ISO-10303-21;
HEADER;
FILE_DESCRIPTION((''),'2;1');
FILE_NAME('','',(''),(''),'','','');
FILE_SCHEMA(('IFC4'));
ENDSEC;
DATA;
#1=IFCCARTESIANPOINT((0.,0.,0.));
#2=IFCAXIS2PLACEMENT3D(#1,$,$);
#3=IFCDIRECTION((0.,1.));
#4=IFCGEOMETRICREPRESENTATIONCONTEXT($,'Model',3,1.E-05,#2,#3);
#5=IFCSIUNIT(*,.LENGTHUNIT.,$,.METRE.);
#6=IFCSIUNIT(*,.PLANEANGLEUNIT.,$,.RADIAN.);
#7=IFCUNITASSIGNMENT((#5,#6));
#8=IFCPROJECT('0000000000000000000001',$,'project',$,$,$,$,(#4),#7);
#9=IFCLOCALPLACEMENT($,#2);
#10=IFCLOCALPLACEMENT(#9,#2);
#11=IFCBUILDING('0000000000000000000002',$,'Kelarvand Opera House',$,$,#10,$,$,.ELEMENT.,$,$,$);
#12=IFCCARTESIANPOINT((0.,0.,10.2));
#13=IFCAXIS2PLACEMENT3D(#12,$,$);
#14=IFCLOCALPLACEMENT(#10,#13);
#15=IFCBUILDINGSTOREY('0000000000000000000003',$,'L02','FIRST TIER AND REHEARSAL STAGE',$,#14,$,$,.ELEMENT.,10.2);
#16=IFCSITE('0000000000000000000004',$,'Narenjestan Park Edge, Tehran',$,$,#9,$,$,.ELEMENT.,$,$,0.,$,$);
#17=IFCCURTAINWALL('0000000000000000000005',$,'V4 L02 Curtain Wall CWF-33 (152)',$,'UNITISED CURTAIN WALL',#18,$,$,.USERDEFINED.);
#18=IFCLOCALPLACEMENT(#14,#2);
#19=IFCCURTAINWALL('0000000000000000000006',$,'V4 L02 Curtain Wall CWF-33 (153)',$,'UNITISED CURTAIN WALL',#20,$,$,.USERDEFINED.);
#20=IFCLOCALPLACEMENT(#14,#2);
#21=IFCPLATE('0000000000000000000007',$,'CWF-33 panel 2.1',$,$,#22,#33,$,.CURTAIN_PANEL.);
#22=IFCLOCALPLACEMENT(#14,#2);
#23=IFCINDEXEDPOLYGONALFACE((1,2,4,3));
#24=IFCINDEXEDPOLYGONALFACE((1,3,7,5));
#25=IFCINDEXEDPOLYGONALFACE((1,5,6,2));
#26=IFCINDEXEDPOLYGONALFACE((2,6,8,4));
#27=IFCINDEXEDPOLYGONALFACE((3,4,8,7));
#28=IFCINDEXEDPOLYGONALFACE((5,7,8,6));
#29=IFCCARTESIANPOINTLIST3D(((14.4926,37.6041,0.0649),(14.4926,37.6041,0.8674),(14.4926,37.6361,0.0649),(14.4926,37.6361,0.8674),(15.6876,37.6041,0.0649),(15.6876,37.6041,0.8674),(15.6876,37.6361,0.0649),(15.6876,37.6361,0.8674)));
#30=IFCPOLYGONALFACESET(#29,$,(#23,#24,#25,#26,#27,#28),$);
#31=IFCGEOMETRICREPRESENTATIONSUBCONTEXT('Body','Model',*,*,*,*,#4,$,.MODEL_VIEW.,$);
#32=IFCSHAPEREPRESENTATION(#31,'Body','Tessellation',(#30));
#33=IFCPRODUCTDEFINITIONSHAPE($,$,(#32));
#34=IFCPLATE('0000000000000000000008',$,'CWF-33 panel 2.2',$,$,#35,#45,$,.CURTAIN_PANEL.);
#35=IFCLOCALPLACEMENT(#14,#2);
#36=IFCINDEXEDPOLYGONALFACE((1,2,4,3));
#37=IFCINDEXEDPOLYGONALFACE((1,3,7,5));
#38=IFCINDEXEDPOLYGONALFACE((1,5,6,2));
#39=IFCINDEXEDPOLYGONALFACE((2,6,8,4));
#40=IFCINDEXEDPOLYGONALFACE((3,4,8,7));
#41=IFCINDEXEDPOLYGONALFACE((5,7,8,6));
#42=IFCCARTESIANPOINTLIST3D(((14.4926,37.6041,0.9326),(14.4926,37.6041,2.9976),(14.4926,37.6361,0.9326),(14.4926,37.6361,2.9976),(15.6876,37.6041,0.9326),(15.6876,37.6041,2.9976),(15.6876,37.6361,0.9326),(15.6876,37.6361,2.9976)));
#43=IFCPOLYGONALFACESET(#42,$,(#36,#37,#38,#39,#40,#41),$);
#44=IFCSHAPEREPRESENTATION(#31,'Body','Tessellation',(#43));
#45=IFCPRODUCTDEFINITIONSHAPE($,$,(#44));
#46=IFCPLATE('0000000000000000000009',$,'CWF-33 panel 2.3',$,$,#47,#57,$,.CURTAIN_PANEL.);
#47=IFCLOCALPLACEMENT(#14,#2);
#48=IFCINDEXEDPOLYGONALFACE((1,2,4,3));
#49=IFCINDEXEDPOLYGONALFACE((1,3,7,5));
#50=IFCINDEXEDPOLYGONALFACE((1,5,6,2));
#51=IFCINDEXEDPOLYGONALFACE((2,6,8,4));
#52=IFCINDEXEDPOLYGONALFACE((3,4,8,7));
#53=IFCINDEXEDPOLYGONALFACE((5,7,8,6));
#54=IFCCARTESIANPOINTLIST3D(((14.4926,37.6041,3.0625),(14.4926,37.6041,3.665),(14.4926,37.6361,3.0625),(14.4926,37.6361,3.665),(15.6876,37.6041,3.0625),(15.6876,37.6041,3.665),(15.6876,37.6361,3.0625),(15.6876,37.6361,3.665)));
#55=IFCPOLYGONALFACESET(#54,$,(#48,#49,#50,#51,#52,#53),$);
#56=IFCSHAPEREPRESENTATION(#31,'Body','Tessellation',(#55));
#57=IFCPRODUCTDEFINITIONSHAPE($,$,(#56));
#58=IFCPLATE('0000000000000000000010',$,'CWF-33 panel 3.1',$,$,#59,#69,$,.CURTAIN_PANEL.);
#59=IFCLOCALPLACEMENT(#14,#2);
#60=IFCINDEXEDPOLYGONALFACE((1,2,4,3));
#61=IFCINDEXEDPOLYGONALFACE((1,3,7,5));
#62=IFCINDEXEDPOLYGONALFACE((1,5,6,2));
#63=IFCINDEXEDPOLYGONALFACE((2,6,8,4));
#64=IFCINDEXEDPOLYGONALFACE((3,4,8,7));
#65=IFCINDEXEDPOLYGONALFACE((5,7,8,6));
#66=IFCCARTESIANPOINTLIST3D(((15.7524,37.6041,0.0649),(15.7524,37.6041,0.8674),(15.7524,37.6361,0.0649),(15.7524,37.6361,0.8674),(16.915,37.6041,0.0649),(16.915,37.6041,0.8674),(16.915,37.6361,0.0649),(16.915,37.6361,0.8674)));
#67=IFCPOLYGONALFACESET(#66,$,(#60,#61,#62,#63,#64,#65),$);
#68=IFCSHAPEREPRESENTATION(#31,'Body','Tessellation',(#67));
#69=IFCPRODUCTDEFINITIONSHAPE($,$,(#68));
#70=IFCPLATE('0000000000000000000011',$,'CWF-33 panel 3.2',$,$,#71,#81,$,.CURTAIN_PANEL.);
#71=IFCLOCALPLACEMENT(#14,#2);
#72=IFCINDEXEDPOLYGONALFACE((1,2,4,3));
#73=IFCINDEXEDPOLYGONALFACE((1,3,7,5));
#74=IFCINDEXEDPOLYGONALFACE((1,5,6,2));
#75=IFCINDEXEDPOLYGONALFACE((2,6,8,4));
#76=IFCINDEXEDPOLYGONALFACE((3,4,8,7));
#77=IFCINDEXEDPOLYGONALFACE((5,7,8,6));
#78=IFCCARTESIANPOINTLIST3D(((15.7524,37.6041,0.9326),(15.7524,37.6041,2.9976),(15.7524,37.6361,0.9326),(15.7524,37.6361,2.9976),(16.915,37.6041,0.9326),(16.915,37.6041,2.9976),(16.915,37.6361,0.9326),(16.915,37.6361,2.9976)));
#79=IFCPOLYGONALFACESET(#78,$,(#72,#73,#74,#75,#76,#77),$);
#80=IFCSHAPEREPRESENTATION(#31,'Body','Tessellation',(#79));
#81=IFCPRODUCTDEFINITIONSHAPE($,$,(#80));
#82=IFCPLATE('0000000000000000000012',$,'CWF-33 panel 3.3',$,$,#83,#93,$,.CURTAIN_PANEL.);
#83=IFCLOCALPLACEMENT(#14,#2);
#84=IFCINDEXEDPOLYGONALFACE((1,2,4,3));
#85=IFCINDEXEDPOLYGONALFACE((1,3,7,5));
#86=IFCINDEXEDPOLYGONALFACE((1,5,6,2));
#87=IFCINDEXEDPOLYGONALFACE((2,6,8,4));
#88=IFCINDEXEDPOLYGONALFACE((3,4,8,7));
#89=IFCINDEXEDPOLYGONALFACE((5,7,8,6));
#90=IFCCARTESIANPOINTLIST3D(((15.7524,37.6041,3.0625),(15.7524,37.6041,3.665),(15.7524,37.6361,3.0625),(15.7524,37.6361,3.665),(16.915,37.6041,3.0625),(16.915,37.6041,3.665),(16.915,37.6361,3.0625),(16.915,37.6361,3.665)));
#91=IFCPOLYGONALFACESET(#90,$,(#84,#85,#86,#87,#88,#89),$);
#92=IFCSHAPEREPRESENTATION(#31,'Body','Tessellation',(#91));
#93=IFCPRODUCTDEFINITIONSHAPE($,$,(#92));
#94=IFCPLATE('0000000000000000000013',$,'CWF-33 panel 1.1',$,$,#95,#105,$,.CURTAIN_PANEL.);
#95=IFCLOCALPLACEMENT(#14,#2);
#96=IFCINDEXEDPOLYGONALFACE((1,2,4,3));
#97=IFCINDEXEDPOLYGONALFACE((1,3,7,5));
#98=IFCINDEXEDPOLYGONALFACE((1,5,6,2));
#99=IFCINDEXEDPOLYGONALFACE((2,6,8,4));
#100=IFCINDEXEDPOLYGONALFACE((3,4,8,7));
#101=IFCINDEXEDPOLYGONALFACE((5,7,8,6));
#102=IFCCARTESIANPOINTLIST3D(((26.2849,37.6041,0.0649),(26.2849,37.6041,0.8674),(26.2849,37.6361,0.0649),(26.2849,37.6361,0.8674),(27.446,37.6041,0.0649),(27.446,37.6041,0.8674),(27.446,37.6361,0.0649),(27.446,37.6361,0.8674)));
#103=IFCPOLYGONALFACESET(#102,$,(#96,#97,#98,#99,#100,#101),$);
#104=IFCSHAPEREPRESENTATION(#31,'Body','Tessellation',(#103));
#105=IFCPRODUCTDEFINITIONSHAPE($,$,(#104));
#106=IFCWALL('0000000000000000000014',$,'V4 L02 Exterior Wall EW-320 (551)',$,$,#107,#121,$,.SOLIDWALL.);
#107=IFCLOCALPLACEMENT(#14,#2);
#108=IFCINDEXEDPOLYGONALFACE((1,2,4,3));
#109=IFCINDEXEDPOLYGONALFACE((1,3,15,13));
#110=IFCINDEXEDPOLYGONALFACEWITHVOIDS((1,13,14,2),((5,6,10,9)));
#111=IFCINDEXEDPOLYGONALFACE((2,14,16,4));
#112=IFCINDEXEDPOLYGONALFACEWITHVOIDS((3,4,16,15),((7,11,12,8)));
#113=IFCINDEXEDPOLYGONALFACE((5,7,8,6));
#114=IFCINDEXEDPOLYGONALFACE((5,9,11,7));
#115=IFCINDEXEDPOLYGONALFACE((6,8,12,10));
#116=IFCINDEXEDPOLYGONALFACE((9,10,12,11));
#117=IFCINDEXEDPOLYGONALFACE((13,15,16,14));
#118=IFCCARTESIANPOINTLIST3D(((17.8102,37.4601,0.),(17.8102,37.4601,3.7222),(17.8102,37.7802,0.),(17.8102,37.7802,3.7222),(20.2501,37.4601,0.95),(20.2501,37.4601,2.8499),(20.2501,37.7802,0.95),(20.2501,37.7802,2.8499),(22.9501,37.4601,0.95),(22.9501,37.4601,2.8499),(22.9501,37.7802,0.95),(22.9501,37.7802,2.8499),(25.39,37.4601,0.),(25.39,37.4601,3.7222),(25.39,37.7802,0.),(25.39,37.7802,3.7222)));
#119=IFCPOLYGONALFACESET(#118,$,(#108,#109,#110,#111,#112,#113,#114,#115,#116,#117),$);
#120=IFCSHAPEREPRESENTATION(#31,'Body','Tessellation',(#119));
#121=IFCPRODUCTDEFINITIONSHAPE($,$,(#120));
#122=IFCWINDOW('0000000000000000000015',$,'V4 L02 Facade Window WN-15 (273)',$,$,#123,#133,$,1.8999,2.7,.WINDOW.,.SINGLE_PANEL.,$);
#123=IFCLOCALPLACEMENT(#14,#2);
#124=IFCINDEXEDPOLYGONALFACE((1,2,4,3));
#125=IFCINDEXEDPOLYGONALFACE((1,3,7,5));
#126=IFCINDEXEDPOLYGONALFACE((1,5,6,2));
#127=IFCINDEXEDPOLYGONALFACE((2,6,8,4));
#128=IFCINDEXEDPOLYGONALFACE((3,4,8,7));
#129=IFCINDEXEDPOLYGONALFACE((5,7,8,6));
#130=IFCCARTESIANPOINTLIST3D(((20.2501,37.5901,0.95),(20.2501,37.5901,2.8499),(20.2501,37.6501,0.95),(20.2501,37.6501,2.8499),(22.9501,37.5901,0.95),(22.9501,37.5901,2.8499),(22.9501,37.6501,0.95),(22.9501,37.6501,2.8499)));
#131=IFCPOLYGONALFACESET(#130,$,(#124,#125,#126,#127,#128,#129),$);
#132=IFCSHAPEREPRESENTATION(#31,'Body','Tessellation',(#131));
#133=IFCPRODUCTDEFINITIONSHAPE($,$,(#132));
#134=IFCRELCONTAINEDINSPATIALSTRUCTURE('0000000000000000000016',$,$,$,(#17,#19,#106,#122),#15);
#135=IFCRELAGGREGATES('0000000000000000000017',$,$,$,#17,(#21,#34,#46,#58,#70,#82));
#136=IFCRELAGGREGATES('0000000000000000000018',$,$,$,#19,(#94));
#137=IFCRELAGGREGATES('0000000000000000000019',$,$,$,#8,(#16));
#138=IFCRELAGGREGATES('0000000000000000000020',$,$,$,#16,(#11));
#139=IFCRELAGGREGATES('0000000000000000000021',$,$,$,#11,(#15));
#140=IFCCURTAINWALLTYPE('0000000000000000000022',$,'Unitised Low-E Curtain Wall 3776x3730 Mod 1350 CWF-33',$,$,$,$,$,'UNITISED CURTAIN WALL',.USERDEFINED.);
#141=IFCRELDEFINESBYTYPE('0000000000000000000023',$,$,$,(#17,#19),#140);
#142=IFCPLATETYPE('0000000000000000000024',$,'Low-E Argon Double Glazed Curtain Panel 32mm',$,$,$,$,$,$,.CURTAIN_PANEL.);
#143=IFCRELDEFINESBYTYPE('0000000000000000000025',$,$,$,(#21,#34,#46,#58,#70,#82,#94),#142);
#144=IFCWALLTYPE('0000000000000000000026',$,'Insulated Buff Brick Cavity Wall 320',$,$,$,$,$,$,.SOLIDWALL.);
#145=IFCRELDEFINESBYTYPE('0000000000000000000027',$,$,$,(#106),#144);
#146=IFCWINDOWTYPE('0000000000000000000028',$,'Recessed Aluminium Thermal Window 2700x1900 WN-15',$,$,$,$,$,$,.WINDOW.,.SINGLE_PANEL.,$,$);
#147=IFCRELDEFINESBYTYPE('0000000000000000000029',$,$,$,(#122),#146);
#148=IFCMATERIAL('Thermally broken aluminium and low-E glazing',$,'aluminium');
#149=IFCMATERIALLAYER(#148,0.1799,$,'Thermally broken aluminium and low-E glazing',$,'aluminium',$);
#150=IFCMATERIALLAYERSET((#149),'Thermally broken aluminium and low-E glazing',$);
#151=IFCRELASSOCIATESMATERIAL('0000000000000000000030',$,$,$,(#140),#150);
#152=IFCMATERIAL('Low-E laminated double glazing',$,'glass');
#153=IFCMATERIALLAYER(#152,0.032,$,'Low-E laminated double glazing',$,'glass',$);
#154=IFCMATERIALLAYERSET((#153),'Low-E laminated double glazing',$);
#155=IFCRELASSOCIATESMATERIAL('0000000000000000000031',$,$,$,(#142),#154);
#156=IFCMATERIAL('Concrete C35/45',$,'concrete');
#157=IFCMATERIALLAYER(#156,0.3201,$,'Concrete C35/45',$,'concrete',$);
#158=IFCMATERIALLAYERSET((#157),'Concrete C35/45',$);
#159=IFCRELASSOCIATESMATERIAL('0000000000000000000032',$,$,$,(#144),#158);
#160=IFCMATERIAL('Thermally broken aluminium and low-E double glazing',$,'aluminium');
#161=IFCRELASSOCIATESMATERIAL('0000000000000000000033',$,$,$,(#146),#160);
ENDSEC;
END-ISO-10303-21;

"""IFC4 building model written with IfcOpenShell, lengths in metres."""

from ifc_helpers import new_model, si_unit, direction, frame, frame_2d, origin, origin_2d, place, context, subcontext, project, spatial, rectangle, extrude, material, layer, layer_set, type_object, element, fill, aggregate, save


model = new_model("IFC4")

# Units and contexts
model_context = context("Model", 3, precision=1e-05, world=origin(), true_north=direction((0.0, 1.0)))
body_context = subcontext(model_context, "Body", "Model", "MODEL_VIEW")
ifc_project = project(units=[si_unit("LENGTHUNIT", "METRE"), si_unit("PLANEANGLEUNIT", "RADIAN")], contexts=[model_context])

# Site, building, storey
site_placement = place(None, origin())
site = spatial("IfcSite", under=ifc_project, at=site_placement, Name="Narenjestan Park Edge, Tehran", CompositionType="ELEMENT", RefElevation=0.0)
building_placement = place(site_placement, origin())
building = spatial("IfcBuilding", under=site, at=building_placement, Name="Kelarvand Opera House", CompositionType="ELEMENT")
storey_placement = place(building_placement, frame((0.0, 0.0, 10.2)))
storey = spatial("IfcBuildingStorey", under=building, at=storey_placement, Name="L02", Description="FIRST TIER AND REHEARSAL STAGE", CompositionType="ELEMENT", Elevation=10.2)

# Curtain wall
ifc_material_1 = material(Name="Thermally broken aluminium and low-E glazing", Category="aluminium")
ifc_layer_1 = layer(ifc_material_1, 0.1799, Name="Thermally broken aluminium and low-E glazing", Category="aluminium")
ifc_layer_set_1 = layer_set([ifc_layer_1], Name="Thermally broken aluminium and low-E glazing")
curtain_wall_type = type_object("IfcCurtainWallType", Name="Unitised Low-E Curtain Wall 3776x3730 Mod 1350 CWF-33", ElementType="UNITISED CURTAIN WALL", PredefinedType="USERDEFINED", material=ifc_layer_set_1)
curtain_wall_1_placement = place(storey_placement, origin())
curtain_wall_1 = element("IfcCurtainWall", 1, at=curtain_wall_1_placement, inside=storey, type_object=curtain_wall_type, Name="V4 L02 Curtain Wall CWF-33 (152)", ObjectType="UNITISED CURTAIN WALL", PredefinedType="USERDEFINED")

# Curtain wall
curtain_wall_2_placement = place(storey_placement, origin())
curtain_wall_2 = element("IfcCurtainWall", 2, at=curtain_wall_2_placement, inside=storey, type_object=curtain_wall_type, Name="V4 L02 Curtain Wall CWF-33 (153)", ObjectType="UNITISED CURTAIN WALL", PredefinedType="USERDEFINED")

# Plates
ifc_material_2 = material(Name="Low-E laminated double glazing", Category="glass")
ifc_layer_2 = layer(ifc_material_2, 0.032, Name="Low-E laminated double glazing", Category="glass")
ifc_layer_set_2 = layer_set([ifc_layer_2], Name="Low-E laminated double glazing")
plate_type = type_object("IfcPlateType", Name="Low-E Argon Double Glazed Curtain Panel 32mm", PredefinedType="CURTAIN_PANEL", material=ifc_layer_set_2)
plate_1_placement = place(storey_placement, frame((15.0901, 37.6201, 0.0649), z_axis=(0.0, 0.0, 1.0), x_axis=(1.0, 0.0, 0.0)))
plate_1 = element("IfcPlate", 3, at=plate_1_placement, type_object=plate_type, Name="CWF-33 panel 2.1", PredefinedType="CURTAIN_PANEL", context=body_context, shape_type="SweptSolid", body=[
    extrude(rectangle(XDim=1.1951, YDim=0.032, at=origin_2d()), origin(), (0.0, 0.0, 1.0), 0.8025),
])
plate_2_placement = place(storey_placement, frame((15.0901, 37.6201, 0.9326), z_axis=(0.0, 0.0, 1.0), x_axis=(1.0, 0.0, 0.0)))
plate_2 = element("IfcPlate", 4, at=plate_2_placement, type_object=plate_type, Name="CWF-33 panel 2.2", PredefinedType="CURTAIN_PANEL", context=body_context, shape_type="SweptSolid", body=[
    extrude(rectangle(XDim=1.1951, YDim=0.032, at=origin_2d()), origin(), (0.0, 0.0, 1.0), 2.0649),
])
plate_3_placement = place(storey_placement, frame((15.0901, 37.6201, 3.0625), z_axis=(0.0, 0.0, 1.0), x_axis=(1.0, 0.0, 0.0)))
plate_3 = element("IfcPlate", 5, at=plate_3_placement, type_object=plate_type, Name="CWF-33 panel 2.3", PredefinedType="CURTAIN_PANEL", context=body_context, shape_type="SweptSolid", body=[
    extrude(rectangle(XDim=1.1951, YDim=0.032, at=origin_2d()), origin(), (0.0, 0.0, 1.0), 0.6025),
])
plate_4_placement = place(storey_placement, frame((16.3337, 37.6201, 0.0649), z_axis=(0.0, 0.0, 1.0), x_axis=(1.0, 0.0, 0.0)))
plate_4 = element("IfcPlate", 6, at=plate_4_placement, type_object=plate_type, Name="CWF-33 panel 3.1", PredefinedType="CURTAIN_PANEL", context=body_context, shape_type="SweptSolid", body=[
    extrude(rectangle(XDim=1.1626, YDim=0.032, at=origin_2d()), origin(), (0.0, 0.0, 1.0), 0.8025),
])
plate_5_placement = place(storey_placement, frame((16.3337, 37.6201, 0.9326), z_axis=(0.0, 0.0, 1.0), x_axis=(1.0, 0.0, 0.0)))
plate_5 = element("IfcPlate", 7, at=plate_5_placement, type_object=plate_type, Name="CWF-33 panel 3.2", PredefinedType="CURTAIN_PANEL", context=body_context, shape_type="SweptSolid", body=[
    extrude(rectangle(XDim=1.1626, YDim=0.032, at=origin_2d()), origin(), (0.0, 0.0, 1.0), 2.0649),
])
plate_6_placement = place(storey_placement, frame((16.3337, 37.6201, 3.0625), z_axis=(0.0, 0.0, 1.0), x_axis=(1.0, 0.0, 0.0)))
plate_6 = element("IfcPlate", 8, at=plate_6_placement, type_object=plate_type, Name="CWF-33 panel 3.3", PredefinedType="CURTAIN_PANEL", context=body_context, shape_type="SweptSolid", body=[
    extrude(rectangle(XDim=1.1626, YDim=0.032, at=origin_2d()), origin(), (0.0, 0.0, 1.0), 0.6025),
])
aggregate(curtain_wall_1, [plate_1, plate_2, plate_3, plate_4, plate_5, plate_6])
plate_7_placement = place(storey_placement, frame((26.8655, 37.6201, 0.0649), z_axis=(0.0, 0.0, 1.0), x_axis=(1.0, 0.0, 0.0)))
plate_7 = element("IfcPlate", 9, at=plate_7_placement, type_object=plate_type, Name="CWF-33 panel 1.1", PredefinedType="CURTAIN_PANEL", context=body_context, shape_type="SweptSolid", body=[
    extrude(rectangle(XDim=1.1611, YDim=0.032, at=origin_2d()), origin(), (0.0, 0.0, 1.0), 0.8025),
])
aggregate(curtain_wall_2, [plate_7])

# Wall, opening, window
ifc_material_3 = material(Name="Concrete C35/45", Category="concrete")
ifc_layer_3 = layer(ifc_material_3, 0.3201, Name="Concrete C35/45", Category="concrete")
ifc_layer_set_3 = layer_set([ifc_layer_3], Name="Concrete C35/45")
wall_type = type_object("IfcWallType", Name="Insulated Buff Brick Cavity Wall 320", PredefinedType="SOLIDWALL", material=ifc_layer_set_3)
wall_placement = place(storey_placement, frame((17.8101, 37.6201, 0.0), z_axis=(0.0, 0.0, 1.0), x_axis=(1.0, 0.0, 0.0)))
wall = element("IfcWall", 10, at=wall_placement, inside=storey, type_object=wall_type, Name="V4 L02 Exterior Wall EW-320 (551)", PredefinedType="SOLIDWALL", context=body_context, shape_type="SweptSolid", body=[
    extrude(rectangle(XDim=7.5798, YDim=0.3201, at=frame_2d((3.79, 0.0))), origin(), (0.0, 0.0, 1.0), 3.7222),
])
opening_placement = place(wall_placement, frame((2.4399, 0.0, 0.95)))
opening = element("IfcOpeningElement", 11, at=opening_placement, cuts=wall, PredefinedType="OPENING", context=body_context, shape_type="SweptSolid", body=[
    extrude(rectangle(XDim=2.7, YDim=1.8999, at=frame_2d((1.3501, 0.95))), frame((0.0, 0.1699, 0.0), z_axis=(0.0, -1.0, 0.0), x_axis=(1.0, 0.0, 0.0)), (0.0, 0.0, 1.0), 0.3401),
])
ifc_material_4 = material(Name="Thermally broken aluminium and low-E double glazing", Category="aluminium")
window_type = type_object("IfcWindowType", Name="Recessed Aluminium Thermal Window 2700x1900 WN-15", PartitioningType="SINGLE_PANEL", PredefinedType="WINDOW", material=ifc_material_4)
window_placement = place(opening_placement, origin())
window = element("IfcWindow", 12, at=window_placement, inside=storey, type_object=window_type, Name="V4 L02 Facade Window WN-15 (273)", OverallHeight=1.8999, OverallWidth=2.7, PartitioningType="SINGLE_PANEL", PredefinedType="WINDOW", context=body_context, shape_type="SweptSolid", body=[
    extrude(rectangle(XDim=2.7, YDim=1.8999, at=frame_2d((1.3501, 0.95))), frame((0.0, 0.03, 0.0), z_axis=(0.0, -1.0, 0.0), x_axis=(1.0, 0.0, 0.0)), (0.0, 0.0, 1.0), 0.0601),
])
fill(opening, window)

save(model, "model.ifc")
